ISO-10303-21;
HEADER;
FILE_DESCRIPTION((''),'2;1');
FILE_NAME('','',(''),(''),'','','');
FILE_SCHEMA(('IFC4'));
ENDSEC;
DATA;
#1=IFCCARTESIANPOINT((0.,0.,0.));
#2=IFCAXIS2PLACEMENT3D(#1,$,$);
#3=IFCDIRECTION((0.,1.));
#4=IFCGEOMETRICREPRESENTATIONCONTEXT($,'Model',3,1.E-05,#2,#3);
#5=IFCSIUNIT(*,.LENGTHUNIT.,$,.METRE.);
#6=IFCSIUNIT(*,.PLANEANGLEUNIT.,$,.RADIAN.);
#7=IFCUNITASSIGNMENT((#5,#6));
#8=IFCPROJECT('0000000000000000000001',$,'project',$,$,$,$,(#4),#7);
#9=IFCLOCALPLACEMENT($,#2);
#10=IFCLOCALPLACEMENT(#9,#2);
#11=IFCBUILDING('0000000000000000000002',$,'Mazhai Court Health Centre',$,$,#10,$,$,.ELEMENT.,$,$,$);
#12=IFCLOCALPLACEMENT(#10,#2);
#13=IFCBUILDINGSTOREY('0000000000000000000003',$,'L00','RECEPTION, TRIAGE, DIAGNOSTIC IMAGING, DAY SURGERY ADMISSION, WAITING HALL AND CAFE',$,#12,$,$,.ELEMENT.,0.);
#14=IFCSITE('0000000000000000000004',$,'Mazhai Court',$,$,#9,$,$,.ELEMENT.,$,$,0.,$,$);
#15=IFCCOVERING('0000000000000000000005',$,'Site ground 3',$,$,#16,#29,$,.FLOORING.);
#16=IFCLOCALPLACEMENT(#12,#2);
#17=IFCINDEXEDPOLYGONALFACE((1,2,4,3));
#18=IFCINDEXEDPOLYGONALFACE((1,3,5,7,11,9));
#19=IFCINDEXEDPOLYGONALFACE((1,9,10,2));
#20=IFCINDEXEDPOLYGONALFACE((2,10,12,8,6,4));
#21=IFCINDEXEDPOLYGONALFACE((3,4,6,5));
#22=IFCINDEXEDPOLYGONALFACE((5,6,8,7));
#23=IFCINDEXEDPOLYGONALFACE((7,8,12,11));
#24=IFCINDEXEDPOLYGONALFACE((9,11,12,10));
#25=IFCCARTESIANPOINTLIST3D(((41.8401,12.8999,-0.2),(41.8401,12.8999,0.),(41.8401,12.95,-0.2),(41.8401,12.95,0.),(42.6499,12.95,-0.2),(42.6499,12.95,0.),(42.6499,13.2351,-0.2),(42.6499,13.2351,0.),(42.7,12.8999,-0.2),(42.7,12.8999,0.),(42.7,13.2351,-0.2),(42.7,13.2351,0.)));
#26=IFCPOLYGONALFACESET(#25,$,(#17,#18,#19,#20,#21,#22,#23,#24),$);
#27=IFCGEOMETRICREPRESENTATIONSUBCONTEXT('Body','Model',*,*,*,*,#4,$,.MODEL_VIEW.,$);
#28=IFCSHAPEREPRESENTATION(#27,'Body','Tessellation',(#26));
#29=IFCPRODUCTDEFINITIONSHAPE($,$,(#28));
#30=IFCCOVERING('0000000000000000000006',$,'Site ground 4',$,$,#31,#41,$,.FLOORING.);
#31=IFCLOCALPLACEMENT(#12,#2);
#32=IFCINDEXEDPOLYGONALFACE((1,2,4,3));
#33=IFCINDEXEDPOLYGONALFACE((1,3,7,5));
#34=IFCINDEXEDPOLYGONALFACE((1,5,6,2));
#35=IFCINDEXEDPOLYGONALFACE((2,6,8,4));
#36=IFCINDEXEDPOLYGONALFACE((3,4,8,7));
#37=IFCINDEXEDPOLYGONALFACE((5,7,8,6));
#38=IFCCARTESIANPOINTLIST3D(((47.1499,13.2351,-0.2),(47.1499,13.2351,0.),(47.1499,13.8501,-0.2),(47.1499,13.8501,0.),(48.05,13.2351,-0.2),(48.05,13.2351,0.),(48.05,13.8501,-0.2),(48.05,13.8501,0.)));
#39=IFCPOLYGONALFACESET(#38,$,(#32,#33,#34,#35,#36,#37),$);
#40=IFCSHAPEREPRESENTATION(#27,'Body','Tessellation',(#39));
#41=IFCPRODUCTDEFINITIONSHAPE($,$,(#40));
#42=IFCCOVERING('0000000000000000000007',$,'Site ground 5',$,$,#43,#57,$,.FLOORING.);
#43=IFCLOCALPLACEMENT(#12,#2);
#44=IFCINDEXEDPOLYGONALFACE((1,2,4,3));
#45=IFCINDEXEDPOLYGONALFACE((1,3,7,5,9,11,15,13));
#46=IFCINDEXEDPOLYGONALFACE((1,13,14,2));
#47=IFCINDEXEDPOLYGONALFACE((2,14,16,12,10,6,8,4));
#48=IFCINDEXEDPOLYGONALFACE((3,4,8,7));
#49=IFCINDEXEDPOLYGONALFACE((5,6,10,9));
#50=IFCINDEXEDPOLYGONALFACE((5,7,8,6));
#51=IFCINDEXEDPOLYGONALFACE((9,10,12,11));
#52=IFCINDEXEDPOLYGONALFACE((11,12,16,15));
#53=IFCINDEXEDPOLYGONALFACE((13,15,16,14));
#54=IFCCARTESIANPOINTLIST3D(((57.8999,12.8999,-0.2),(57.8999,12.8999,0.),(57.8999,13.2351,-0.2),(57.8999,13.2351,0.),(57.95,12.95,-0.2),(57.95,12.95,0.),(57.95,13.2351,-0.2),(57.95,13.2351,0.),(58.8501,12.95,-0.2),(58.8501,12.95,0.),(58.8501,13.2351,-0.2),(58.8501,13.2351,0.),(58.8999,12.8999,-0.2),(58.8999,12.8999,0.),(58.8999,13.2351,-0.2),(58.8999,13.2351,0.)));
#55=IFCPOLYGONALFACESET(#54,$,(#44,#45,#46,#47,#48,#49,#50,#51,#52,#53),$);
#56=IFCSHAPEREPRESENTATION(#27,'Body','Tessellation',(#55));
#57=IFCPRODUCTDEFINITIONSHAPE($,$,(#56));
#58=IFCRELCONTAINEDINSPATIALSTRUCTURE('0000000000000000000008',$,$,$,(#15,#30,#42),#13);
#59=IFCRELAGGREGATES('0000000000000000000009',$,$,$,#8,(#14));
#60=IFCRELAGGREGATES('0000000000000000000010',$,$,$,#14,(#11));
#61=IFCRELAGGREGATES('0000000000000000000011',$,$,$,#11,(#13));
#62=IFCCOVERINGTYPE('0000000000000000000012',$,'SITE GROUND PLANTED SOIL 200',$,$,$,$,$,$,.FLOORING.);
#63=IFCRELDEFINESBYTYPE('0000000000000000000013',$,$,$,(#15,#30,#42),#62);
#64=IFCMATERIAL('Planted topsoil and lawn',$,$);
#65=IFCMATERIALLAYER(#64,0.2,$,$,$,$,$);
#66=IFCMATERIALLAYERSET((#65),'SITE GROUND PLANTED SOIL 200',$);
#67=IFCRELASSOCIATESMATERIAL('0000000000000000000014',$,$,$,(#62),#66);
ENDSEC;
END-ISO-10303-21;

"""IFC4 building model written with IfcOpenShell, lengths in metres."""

from ifc_helpers import new_model, si_unit, direction, frame, origin, place, context, subcontext, project, spatial, polyline, outline, extrude, material, layer, layer_set, type_object, element, save


model = new_model("IFC4")

# Units and contexts
model_context = context("Model", 3, precision=1e-05, world=origin(), true_north=direction((0.0, 1.0)))
body_context = subcontext(model_context, "Body", "Model", "MODEL_VIEW")
ifc_project = project(units=[si_unit("LENGTHUNIT", "METRE"), si_unit("PLANEANGLEUNIT", "RADIAN")], contexts=[model_context])

# Site, building, storey
site_placement = place(None, origin())
site = spatial("IfcSite", under=ifc_project, at=site_placement, Name="Mazhai Court", CompositionType="ELEMENT", RefElevation=0.0)
building_placement = place(site_placement, origin())
building = spatial("IfcBuilding", under=site, at=building_placement, Name="Mazhai Court Health Centre", CompositionType="ELEMENT")
storey_placement = place(building_placement, origin())
storey = spatial("IfcBuildingStorey", under=building, at=storey_placement, Name="L00", Description="RECEPTION, TRIAGE, DIAGNOSTIC IMAGING, DAY SURGERY ADMISSION, WAITING HALL AND CAFE", CompositionType="ELEMENT", Elevation=0.0)

# Coverings
ifc_material_1 = material(Name="Planted topsoil and lawn")
ifc_layer_1 = layer(ifc_material_1, 0.2)
ifc_layer_set_1 = layer_set([ifc_layer_1], Name="SITE GROUND PLANTED SOIL 200")
covering_type_1 = type_object("IfcCoveringType", Name="SITE GROUND PLANTED SOIL 200", PredefinedType="FLOORING", material=ifc_layer_set_1)
covering_1_placement = place(storey_placement, frame((0.0, 0.0, -0.2)))
element("IfcCovering", 1, at=covering_1_placement, inside=storey, type_object=covering_type_1, Name="Site ground 3", PredefinedType="FLOORING", context=body_context, shape_type="SweptSolid", body=[
    extrude(outline(polyline([(42.7, 13.2351), (42.7, 12.8999), (41.8401, 12.8999), (41.8401, 12.95), (42.6499, 12.95), (42.6499, 13.2351), (42.7, 13.2351)])), origin(), (0.0, 0.0, 1.0), 0.2),
])
covering_2_placement = place(storey_placement, frame((0.0, 0.0, -0.2)))
element("IfcCovering", 2, at=covering_2_placement, inside=storey, type_object=covering_type_1, Name="Site ground 4", PredefinedType="FLOORING", context=body_context, shape_type="SweptSolid", body=[
    extrude(outline(polyline([(48.05, 13.8501), (48.05, 13.2351), (47.1499, 13.2351), (47.1499, 13.8501), (48.05, 13.8501)])), origin(), (0.0, 0.0, 1.0), 0.2),
])
covering_3_placement = place(storey_placement, frame((0.0, 0.0, -0.2)))
element("IfcCovering", 3, at=covering_3_placement, inside=storey, type_object=covering_type_1, Name="Site ground 5", PredefinedType="FLOORING", context=body_context, shape_type="SweptSolid", body=[
    extrude(outline(polyline([(58.8999, 12.8999), (57.8999, 12.8999), (57.8999, 13.2351), (57.95, 13.2351), (57.95, 12.95), (58.8501, 12.95), (58.8501, 13.2351), (58.8999, 13.2351), (58.8999, 12.8999)])), origin(), (0.0, 0.0, 1.0), 0.2),
])

save(model, "model.ifc")
